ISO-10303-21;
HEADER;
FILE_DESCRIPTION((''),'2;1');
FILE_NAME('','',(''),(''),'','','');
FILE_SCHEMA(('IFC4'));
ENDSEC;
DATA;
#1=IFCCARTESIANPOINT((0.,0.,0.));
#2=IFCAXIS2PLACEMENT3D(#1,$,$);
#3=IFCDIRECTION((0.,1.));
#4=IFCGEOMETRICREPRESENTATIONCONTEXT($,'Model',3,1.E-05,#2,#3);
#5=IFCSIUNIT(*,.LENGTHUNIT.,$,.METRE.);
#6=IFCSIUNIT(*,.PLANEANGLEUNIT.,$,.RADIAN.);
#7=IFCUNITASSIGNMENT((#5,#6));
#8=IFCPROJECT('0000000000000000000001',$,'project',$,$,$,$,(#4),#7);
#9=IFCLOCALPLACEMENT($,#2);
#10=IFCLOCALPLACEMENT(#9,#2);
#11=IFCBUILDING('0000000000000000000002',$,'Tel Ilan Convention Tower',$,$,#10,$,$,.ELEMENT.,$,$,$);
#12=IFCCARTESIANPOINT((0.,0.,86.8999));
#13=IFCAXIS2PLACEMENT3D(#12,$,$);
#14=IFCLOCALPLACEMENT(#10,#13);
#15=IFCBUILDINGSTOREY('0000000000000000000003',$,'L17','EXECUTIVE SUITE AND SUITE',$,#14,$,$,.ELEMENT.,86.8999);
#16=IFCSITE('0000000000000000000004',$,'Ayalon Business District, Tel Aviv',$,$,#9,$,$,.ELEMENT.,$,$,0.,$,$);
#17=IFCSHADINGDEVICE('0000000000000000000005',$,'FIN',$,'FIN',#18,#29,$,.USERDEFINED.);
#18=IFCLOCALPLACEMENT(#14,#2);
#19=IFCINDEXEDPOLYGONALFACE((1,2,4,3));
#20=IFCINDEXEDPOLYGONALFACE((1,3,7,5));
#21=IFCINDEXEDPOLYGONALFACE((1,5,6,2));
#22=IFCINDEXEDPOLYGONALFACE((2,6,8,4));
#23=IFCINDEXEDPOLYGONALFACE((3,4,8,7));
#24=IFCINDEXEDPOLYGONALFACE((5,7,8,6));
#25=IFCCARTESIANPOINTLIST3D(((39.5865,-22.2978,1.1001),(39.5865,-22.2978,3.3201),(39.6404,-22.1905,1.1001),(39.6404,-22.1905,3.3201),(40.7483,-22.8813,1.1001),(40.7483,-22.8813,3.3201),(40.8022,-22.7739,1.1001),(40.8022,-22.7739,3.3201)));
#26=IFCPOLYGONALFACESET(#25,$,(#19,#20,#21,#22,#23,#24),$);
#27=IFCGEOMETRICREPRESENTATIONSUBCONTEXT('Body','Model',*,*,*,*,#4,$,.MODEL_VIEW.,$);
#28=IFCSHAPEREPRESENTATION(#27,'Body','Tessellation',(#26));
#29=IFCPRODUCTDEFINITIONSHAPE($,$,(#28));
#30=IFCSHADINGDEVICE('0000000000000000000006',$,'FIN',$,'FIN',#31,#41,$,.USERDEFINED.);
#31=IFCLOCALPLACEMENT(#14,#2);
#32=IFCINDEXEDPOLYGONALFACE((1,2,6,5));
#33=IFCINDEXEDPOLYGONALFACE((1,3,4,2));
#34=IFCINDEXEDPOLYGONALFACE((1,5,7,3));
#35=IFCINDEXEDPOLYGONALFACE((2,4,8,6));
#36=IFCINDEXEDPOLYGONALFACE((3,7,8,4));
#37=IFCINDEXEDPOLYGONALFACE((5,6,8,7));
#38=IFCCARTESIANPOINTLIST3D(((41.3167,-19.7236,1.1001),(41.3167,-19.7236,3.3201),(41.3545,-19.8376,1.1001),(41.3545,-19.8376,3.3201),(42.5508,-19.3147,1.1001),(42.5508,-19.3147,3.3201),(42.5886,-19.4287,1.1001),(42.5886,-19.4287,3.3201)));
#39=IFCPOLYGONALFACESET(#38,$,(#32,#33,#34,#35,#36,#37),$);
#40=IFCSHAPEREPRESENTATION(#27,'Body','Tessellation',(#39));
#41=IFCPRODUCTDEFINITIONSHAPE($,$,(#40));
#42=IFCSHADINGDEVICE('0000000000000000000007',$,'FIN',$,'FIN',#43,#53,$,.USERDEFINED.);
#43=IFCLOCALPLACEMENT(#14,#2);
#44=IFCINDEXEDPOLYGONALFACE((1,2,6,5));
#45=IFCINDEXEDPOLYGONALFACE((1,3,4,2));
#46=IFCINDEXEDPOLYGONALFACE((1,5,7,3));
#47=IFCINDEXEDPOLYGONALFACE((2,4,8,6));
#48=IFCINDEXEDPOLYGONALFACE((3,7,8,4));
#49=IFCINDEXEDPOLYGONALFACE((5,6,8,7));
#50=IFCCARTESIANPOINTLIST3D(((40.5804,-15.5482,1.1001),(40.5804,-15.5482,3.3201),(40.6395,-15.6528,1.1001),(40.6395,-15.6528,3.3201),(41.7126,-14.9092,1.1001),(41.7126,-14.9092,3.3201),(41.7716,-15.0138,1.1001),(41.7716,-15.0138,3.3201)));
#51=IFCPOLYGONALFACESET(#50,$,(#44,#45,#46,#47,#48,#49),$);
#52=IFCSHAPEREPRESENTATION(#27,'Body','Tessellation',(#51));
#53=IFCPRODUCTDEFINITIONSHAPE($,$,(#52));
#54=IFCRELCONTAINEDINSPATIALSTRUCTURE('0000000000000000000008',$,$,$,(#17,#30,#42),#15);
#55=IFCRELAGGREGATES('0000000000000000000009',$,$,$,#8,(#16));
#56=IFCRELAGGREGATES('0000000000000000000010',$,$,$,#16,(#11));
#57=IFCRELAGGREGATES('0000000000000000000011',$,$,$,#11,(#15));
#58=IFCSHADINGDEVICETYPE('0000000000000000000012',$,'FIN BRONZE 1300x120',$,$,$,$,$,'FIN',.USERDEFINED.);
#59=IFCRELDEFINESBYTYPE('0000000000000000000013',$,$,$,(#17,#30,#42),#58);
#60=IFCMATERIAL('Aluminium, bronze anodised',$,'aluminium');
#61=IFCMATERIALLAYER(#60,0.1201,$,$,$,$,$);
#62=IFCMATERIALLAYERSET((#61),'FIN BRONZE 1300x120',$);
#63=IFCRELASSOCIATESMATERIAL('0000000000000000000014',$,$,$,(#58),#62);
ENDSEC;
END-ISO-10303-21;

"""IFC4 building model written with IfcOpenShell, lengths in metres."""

from ifc_helpers import new_model, si_unit, direction, frame, origin, origin_2d, place, context, subcontext, project, spatial, rectangle, extrude, material, layer, layer_set, type_object, element, save


model = new_model("IFC4")

# Units and contexts
model_context = context("Model", 3, precision=1e-05, world=origin(), true_north=direction((0.0, 1.0)))
body_context = subcontext(model_context, "Body", "Model", "MODEL_VIEW")
ifc_project = project(units=[si_unit("LENGTHUNIT", "METRE"), si_unit("PLANEANGLEUNIT", "RADIAN")], contexts=[model_context])

# Site, building, storey
site_placement = place(None, origin())
site = spatial("IfcSite", under=ifc_project, at=site_placement, Name="Ayalon Business District, Tel Aviv", CompositionType="ELEMENT", RefElevation=0.0)
building_placement = place(site_placement, origin())
building = spatial("IfcBuilding", under=site, at=building_placement, Name="Tel Ilan Convention Tower", CompositionType="ELEMENT")
storey_placement = place(building_placement, frame((0.0, 0.0, 86.8999)))
storey = spatial("IfcBuildingStorey", under=building, at=storey_placement, Name="L17", Description="EXECUTIVE SUITE AND SUITE", CompositionType="ELEMENT", Elevation=86.8999)

# Shading devices
ifc_material_1 = material(Name="Aluminium, bronze anodised", Category="aluminium")
ifc_layer_1 = layer(ifc_material_1, 0.1201)
ifc_layer_set_1 = layer_set([ifc_layer_1], Name="FIN BRONZE 1300x120")
shading_device_type = type_object("IfcShadingDeviceType", Name="FIN BRONZE 1300x120", ElementType="FIN", PredefinedType="USERDEFINED", material=ifc_layer_set_1)
for number, where, z_axis, x_axis, name in (
    (1, (40.1943, -22.5359, 1.1001), (0.0, 0.0, 1.0), (0.893633, -0.448799, 0.0), "FIN"),
    (2, (41.9526, -19.5762, 1.1001), (0.0, 0.0, 1.0), (0.949243, 0.314545, 0.0), "FIN"),
    (3, (41.176, -15.281, 1.1001), (0.0, 0.0, 1.0), (0.870833, 0.491579, 0.0), "FIN"),
):
    element("IfcShadingDevice", number, at=place(storey_placement, frame(where, z_axis=z_axis, x_axis=x_axis)), inside=storey, type_object=shading_device_type, Name=name, ObjectType="FIN", PredefinedType="USERDEFINED", context=body_context, shape_type="SweptSolid", body=[
        extrude(rectangle(XDim=1.3, YDim=0.1201, at=origin_2d()), origin(), (0.0, 0.0, 1.0), 2.22),
    ])

save(model, "model.ifc")
